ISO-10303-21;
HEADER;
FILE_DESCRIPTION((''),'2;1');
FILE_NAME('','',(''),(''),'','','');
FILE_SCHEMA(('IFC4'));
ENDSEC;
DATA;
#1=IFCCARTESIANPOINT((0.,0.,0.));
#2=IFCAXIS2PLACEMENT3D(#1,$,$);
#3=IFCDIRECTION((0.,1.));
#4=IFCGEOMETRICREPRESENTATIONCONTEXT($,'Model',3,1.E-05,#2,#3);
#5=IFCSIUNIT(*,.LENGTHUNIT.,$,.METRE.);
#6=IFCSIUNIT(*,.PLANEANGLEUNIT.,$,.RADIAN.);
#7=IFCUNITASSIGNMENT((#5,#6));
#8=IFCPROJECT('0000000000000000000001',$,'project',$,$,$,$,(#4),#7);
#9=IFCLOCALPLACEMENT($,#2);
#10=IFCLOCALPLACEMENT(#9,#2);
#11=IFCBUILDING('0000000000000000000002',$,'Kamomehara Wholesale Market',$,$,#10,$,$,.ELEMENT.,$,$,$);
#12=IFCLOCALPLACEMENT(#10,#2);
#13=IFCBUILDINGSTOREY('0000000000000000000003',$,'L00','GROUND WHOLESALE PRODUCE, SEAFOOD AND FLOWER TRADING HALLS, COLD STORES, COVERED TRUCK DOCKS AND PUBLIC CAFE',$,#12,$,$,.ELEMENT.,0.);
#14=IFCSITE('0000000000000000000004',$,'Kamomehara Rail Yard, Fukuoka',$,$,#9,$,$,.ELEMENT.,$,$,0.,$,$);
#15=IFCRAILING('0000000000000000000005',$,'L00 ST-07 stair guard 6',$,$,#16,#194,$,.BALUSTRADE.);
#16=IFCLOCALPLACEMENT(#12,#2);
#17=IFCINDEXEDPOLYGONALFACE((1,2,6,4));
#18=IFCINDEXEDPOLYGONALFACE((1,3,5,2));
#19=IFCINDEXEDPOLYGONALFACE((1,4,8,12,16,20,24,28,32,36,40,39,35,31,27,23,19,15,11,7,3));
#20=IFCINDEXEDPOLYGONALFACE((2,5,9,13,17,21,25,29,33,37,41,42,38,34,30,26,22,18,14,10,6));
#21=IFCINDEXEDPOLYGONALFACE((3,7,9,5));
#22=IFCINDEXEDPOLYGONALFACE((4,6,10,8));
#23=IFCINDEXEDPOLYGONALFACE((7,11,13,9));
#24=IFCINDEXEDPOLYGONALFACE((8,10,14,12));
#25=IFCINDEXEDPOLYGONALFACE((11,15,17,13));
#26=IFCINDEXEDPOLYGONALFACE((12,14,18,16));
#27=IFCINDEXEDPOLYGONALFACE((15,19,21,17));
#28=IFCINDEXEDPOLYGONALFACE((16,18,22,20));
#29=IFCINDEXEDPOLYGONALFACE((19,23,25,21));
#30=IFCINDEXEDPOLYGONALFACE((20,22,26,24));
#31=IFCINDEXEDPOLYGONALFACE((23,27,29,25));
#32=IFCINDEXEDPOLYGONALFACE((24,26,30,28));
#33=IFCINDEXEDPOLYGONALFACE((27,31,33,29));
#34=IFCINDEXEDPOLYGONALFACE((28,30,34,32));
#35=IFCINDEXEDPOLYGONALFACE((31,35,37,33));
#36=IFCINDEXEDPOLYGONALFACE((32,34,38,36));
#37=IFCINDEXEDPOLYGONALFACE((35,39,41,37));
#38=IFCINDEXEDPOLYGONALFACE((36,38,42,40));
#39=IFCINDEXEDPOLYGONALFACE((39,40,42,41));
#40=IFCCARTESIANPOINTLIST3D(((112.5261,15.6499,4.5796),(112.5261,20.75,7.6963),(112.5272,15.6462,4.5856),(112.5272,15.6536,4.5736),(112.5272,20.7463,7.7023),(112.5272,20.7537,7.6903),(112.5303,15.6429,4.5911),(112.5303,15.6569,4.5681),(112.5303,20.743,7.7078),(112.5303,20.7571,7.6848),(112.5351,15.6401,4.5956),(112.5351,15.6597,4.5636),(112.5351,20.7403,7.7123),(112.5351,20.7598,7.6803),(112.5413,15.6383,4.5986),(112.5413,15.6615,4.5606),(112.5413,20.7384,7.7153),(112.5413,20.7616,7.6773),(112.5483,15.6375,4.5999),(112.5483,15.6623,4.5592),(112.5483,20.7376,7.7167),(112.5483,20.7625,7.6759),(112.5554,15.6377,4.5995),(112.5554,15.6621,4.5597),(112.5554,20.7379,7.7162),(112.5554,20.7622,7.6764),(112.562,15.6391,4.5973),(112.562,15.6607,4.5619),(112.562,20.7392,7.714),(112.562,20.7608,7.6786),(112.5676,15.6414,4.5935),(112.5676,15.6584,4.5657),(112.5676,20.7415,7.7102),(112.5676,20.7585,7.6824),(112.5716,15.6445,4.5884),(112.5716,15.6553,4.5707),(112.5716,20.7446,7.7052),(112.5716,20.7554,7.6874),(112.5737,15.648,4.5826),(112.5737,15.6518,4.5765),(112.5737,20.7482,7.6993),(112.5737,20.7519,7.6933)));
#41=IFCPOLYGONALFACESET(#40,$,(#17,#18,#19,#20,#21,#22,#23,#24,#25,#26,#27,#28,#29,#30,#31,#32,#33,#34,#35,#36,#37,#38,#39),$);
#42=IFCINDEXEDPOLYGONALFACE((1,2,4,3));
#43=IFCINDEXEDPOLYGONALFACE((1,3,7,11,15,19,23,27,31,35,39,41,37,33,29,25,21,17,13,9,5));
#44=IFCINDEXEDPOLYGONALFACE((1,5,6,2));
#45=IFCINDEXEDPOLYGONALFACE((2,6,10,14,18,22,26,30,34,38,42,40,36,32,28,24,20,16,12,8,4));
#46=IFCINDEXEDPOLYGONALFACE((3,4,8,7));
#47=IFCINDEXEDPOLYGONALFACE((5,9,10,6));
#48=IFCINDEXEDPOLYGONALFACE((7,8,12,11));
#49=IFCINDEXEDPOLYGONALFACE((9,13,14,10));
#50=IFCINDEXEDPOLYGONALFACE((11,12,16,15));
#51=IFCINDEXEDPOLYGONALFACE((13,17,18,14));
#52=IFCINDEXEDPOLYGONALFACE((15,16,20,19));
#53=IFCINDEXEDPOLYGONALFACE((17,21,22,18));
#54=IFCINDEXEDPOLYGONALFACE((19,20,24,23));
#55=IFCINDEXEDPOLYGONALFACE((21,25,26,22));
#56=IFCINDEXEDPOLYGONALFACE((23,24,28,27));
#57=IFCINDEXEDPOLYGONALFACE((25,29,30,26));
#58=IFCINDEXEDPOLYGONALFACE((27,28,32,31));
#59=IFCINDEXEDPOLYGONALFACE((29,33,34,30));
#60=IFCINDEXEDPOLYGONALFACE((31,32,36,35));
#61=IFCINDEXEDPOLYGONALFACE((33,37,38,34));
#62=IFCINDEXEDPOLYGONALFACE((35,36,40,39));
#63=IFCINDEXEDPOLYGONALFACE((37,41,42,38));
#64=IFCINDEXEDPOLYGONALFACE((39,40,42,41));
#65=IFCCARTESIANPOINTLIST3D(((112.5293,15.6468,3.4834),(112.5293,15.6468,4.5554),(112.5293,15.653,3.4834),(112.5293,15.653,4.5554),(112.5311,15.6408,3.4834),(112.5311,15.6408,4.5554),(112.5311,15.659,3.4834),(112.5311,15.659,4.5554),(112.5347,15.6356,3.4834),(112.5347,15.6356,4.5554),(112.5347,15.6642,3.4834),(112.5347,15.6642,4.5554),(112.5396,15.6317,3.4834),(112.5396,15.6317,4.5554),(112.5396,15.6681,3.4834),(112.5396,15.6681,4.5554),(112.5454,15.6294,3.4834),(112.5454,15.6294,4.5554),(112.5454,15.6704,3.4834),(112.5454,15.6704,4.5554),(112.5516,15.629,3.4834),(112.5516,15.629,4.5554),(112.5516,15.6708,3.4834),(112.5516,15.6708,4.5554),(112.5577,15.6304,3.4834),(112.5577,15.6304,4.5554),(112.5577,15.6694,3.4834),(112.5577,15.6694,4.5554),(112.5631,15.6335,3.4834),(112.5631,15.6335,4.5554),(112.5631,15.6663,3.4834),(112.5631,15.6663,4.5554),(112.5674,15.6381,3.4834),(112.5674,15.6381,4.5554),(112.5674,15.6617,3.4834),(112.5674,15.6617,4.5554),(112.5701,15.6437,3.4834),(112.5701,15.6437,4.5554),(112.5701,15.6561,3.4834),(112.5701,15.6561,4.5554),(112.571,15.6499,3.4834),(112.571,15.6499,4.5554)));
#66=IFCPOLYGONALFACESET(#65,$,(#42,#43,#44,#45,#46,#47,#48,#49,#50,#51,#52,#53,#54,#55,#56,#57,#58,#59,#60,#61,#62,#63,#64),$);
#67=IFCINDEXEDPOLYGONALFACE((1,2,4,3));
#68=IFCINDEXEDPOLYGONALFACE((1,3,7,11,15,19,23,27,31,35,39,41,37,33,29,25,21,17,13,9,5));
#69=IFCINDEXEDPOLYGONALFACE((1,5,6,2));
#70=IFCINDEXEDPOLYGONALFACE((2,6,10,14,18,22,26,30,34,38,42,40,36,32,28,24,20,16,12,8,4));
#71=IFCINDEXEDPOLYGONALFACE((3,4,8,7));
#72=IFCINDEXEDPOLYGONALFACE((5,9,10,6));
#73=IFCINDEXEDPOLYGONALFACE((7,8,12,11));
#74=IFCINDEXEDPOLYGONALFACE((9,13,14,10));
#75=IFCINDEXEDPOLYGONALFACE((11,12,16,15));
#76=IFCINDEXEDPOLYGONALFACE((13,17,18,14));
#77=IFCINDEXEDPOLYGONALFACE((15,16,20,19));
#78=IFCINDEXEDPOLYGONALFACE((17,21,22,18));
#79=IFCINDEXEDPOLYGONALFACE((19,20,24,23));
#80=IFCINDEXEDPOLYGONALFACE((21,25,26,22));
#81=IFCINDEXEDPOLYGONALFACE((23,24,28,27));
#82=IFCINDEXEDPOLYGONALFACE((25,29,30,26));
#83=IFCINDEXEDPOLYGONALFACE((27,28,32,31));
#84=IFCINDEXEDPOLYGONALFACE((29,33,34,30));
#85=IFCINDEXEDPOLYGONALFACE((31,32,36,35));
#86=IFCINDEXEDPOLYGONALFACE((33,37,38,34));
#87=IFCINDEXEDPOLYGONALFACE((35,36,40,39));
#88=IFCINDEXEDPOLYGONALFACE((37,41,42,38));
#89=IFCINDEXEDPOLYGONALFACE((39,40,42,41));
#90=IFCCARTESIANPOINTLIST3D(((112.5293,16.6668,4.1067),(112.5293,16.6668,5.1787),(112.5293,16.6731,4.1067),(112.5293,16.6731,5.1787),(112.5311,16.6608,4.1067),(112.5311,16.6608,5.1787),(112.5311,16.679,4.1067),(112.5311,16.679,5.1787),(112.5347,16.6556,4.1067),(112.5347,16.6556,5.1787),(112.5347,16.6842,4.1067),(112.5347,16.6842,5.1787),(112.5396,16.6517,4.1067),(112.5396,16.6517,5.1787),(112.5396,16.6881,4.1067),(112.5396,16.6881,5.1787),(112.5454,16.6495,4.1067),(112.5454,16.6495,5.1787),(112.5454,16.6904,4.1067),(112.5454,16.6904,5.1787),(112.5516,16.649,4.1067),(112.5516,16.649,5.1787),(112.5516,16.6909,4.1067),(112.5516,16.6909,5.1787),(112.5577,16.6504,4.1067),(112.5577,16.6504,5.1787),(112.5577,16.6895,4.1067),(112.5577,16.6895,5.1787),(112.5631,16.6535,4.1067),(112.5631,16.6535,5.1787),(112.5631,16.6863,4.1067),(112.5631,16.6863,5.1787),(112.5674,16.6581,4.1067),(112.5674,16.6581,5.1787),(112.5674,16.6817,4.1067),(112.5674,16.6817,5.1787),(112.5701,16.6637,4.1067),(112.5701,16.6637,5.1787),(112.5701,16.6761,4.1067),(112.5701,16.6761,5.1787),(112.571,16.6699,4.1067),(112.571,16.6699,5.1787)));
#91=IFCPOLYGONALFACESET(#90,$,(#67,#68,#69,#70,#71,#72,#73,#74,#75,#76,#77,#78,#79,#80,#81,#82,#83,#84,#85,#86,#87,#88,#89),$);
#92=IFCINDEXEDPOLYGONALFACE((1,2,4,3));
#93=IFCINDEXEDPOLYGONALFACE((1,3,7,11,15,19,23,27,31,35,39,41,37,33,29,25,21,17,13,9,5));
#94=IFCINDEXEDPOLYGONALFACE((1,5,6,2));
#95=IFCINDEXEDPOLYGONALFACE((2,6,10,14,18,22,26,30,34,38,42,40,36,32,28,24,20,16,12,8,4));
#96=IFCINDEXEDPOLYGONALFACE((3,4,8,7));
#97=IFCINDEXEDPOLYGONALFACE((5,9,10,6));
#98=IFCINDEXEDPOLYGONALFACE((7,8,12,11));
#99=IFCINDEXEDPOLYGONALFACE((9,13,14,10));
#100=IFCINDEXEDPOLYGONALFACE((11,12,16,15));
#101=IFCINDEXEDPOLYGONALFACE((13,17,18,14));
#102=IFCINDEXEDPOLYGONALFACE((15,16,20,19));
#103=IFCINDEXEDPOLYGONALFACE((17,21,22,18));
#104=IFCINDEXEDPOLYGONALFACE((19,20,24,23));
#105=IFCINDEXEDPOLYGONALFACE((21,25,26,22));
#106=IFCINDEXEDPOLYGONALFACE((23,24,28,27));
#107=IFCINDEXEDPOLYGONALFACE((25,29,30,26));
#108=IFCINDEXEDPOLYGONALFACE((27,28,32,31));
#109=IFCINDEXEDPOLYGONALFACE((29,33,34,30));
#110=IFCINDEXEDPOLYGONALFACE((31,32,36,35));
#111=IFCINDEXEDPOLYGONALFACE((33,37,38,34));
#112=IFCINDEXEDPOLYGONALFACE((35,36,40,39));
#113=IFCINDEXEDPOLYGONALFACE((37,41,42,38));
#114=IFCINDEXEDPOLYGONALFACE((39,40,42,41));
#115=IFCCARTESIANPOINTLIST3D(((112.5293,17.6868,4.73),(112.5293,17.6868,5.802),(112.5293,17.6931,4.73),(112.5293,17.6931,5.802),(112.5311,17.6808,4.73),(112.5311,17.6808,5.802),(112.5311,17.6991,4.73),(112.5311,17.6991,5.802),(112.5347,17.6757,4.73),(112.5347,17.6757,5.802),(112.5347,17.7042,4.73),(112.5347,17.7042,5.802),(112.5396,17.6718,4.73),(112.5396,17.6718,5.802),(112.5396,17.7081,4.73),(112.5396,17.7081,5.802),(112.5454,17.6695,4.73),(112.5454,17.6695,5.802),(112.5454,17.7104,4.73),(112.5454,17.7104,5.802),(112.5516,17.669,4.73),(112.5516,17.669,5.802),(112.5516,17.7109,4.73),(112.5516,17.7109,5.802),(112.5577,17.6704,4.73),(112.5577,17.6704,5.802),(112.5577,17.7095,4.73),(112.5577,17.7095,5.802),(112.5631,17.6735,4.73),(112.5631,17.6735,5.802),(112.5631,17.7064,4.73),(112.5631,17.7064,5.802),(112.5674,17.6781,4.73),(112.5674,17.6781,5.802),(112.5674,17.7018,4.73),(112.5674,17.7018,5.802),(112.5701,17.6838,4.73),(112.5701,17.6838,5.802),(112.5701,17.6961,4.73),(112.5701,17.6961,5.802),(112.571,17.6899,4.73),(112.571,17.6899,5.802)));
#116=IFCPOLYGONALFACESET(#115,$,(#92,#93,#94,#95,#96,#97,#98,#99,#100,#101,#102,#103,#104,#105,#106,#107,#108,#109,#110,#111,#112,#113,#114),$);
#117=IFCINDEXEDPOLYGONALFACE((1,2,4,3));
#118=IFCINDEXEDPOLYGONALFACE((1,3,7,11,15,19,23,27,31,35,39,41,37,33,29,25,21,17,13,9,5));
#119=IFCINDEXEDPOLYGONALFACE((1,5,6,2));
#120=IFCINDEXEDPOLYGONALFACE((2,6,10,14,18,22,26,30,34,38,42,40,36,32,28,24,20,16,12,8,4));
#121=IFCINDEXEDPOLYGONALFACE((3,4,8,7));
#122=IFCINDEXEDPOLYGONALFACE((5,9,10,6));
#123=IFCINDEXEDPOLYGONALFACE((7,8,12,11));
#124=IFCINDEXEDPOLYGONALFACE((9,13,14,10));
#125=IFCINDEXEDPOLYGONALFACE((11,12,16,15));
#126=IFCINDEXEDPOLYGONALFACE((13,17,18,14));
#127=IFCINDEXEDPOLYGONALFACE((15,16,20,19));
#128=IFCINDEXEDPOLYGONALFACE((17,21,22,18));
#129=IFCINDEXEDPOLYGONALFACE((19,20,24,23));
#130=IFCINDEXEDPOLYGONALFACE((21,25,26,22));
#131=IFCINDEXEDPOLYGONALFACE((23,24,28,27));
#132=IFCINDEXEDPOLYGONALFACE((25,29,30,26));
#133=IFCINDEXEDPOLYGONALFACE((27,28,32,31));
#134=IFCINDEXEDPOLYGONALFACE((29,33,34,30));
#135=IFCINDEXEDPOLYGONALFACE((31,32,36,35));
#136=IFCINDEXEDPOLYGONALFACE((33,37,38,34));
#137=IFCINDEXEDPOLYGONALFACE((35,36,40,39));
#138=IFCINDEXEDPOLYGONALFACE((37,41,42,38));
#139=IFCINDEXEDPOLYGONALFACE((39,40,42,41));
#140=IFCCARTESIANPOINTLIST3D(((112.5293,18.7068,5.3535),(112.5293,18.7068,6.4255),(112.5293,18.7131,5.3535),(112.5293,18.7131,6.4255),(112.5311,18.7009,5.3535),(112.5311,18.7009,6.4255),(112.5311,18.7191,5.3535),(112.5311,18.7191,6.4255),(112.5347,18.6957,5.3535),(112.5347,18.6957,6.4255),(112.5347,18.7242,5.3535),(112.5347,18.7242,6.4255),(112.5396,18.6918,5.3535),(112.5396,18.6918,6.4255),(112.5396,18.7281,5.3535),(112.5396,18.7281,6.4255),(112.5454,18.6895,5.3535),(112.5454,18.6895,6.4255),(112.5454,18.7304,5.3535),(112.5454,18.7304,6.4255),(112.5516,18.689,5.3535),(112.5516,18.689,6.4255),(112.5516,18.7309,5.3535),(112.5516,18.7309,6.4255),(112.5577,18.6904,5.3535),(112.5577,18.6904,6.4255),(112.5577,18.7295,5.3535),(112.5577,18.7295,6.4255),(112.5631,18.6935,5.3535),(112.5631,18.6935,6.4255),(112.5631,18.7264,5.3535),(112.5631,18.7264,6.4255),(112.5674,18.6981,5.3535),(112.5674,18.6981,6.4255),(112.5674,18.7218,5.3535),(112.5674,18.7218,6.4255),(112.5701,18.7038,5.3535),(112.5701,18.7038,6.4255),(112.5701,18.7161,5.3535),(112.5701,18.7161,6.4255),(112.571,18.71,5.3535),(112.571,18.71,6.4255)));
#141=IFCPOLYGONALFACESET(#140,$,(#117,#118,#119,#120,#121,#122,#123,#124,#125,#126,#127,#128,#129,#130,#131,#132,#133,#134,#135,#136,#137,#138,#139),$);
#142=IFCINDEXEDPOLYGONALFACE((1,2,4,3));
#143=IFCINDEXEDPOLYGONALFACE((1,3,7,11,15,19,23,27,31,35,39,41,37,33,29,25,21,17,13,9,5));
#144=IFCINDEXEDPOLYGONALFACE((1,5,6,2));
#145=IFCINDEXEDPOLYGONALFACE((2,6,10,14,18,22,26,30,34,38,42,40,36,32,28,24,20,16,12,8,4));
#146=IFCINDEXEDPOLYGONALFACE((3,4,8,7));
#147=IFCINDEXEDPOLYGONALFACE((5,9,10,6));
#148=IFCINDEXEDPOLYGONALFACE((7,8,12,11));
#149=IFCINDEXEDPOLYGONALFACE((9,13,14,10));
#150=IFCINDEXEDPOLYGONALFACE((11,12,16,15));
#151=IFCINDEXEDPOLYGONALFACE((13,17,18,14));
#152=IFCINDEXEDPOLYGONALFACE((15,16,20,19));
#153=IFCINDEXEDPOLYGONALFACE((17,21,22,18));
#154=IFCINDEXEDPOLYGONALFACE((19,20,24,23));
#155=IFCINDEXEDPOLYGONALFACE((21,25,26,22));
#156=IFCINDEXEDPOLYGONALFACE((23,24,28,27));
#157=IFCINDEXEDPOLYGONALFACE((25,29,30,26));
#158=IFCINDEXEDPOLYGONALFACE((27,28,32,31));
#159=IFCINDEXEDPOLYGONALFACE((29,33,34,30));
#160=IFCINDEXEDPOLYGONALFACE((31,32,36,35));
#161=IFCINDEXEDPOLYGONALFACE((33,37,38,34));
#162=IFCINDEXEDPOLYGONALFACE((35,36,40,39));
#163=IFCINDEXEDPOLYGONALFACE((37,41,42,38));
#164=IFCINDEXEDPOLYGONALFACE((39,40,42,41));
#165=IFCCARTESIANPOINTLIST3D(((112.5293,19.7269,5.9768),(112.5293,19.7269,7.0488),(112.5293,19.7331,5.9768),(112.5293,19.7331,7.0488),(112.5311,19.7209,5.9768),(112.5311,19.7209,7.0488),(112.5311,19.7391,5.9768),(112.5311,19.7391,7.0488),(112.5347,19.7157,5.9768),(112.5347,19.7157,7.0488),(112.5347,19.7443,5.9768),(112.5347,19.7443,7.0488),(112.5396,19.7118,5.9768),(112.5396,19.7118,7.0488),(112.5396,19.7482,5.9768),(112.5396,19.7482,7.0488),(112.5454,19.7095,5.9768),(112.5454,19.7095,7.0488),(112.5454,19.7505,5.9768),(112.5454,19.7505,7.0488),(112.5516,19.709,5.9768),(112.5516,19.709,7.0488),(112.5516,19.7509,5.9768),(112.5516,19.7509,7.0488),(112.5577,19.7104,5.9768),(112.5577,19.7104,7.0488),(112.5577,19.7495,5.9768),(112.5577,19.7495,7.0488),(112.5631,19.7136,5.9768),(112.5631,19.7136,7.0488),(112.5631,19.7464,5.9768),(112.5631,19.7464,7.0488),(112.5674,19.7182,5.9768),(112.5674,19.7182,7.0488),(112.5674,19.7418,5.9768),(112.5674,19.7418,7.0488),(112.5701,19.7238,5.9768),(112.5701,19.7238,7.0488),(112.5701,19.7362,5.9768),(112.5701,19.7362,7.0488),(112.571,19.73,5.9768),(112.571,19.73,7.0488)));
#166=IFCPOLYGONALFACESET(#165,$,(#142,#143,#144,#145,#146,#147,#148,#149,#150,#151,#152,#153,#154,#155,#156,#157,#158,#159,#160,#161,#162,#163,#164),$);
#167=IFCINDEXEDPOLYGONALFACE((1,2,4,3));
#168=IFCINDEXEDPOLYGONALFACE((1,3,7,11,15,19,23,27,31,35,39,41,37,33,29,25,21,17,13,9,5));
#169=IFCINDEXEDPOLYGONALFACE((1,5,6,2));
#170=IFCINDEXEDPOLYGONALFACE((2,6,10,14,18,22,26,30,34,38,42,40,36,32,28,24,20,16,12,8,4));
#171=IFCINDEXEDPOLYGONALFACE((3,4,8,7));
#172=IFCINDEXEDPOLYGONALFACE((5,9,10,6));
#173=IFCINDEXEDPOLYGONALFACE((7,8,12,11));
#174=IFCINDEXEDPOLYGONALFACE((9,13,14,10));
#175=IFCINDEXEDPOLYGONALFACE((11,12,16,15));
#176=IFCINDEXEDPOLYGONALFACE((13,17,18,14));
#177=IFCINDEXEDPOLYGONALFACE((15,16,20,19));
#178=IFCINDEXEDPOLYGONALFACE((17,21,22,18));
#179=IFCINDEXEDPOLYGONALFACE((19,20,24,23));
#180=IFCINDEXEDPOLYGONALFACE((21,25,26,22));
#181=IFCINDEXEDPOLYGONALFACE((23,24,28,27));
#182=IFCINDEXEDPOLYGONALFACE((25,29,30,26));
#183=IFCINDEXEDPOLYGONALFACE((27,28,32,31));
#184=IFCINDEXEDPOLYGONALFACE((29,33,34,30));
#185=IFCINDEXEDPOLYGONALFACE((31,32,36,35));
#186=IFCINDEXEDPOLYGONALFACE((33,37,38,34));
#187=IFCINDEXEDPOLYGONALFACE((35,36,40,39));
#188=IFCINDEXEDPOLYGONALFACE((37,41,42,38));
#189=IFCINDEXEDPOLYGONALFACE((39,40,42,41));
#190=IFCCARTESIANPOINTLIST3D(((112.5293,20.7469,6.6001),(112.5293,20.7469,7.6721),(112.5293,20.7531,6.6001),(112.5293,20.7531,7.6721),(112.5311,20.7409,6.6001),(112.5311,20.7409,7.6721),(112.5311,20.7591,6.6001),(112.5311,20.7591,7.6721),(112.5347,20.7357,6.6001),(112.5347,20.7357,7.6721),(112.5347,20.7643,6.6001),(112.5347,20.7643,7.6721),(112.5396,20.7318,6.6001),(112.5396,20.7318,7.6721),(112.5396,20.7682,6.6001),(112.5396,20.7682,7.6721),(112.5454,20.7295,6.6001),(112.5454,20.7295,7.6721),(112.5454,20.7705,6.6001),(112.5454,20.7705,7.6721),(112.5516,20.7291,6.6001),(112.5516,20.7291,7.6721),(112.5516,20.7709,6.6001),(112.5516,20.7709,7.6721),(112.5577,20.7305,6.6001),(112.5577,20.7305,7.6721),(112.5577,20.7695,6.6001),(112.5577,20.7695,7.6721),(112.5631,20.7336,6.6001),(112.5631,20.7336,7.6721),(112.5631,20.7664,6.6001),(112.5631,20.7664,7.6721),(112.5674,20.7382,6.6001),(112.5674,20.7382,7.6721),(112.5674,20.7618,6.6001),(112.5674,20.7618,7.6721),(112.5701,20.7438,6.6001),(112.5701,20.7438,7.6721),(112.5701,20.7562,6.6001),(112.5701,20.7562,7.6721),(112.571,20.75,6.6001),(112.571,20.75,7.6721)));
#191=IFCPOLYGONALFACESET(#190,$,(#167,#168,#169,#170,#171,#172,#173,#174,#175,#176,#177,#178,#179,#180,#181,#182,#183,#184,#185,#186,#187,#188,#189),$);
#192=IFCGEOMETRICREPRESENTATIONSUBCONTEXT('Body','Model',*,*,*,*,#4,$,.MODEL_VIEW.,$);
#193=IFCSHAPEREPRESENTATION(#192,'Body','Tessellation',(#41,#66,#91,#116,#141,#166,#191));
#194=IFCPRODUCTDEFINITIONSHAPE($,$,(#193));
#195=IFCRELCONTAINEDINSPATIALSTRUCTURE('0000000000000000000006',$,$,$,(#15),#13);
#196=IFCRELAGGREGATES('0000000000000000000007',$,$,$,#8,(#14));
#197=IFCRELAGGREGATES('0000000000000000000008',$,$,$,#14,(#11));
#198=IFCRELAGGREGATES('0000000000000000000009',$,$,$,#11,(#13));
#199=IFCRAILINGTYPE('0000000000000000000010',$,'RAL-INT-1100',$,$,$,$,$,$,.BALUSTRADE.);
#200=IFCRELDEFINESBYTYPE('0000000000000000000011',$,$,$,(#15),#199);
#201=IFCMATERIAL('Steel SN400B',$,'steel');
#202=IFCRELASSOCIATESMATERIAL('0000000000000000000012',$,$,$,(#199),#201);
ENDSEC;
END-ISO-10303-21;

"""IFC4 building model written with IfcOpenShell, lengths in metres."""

from ifc_helpers import new_model, si_unit, direction, frame, origin, origin_2d, place, context, subcontext, project, spatial, circle, extrude, material, type_object, element, save


model = new_model("IFC4")

# Units and contexts
model_context = context("Model", 3, precision=1e-05, world=origin(), true_north=direction((0.0, 1.0)))
body_context = subcontext(model_context, "Body", "Model", "MODEL_VIEW")
ifc_project = project(units=[si_unit("LENGTHUNIT", "METRE"), si_unit("PLANEANGLEUNIT", "RADIAN")], contexts=[model_context])

# Site, building, storey
site_placement = place(None, origin())
site = spatial("IfcSite", under=ifc_project, at=site_placement, Name="Kamomehara Rail Yard, Fukuoka", CompositionType="ELEMENT", RefElevation=0.0)
building_placement = place(site_placement, origin())
building = spatial("IfcBuilding", under=site, at=building_placement, Name="Kamomehara Wholesale Market", CompositionType="ELEMENT")
storey_placement = place(building_placement, origin())
storey = spatial("IfcBuildingStorey", under=building, at=storey_placement, Name="L00", Description="GROUND WHOLESALE PRODUCE, SEAFOOD AND FLOWER TRADING HALLS, COLD STORES, COVERED TRUCK DOCKS AND PUBLIC CAFE", CompositionType="ELEMENT", Elevation=0.0)

# Railing
ifc_material_1 = material(Name="Steel SN400B", Category="steel")
railing_type_1 = type_object("IfcRailingType", Name="RAL-INT-1100", PredefinedType="BALUSTRADE", material=ifc_material_1)
railing_1_placement = place(storey_placement, frame((112.55, 15.6499, 3.4834)))
element("IfcRailing", 1, at=railing_1_placement, inside=storey, type_object=railing_type_1, Name="L00 ST-07 stair guard 6", PredefinedType="BALUSTRADE", context=body_context, shape_type="SweptSolid", body=[
    extrude(circle(Radius=0.0239, at=origin_2d()), frame((0.0, 0.0, 1.0962), z_axis=(0.0, 0.853284, 0.521447), x_axis=(-1.0, 0.0, 0.0)), (0.0, 0.0, 1.0), 5.9771),
    extrude(circle(Radius=0.021, at=origin_2d()), origin(), (0.0, 0.0, 1.0), 1.072),
    extrude(circle(Radius=0.021, at=origin_2d()), frame((0.0, 1.02, 0.6233)), (0.0, 0.0, 1.0), 1.072),
    extrude(circle(Radius=0.021, at=origin_2d()), frame((0.0, 2.04, 1.2466)), (0.0, 0.0, 1.0), 1.072),
    extrude(circle(Radius=0.021, at=origin_2d()), frame((0.0, 3.0601, 1.8701)), (0.0, 0.0, 1.0), 1.072),
    extrude(circle(Radius=0.021, at=origin_2d()), frame((0.0, 4.0801, 2.4934)), (0.0, 0.0, 1.0), 1.072),
    extrude(circle(Radius=0.021, at=origin_2d()), frame((0.0, 5.1001, 3.1167)), (0.0, 0.0, 1.0), 1.072),
])

save(model, "model.ifc")
